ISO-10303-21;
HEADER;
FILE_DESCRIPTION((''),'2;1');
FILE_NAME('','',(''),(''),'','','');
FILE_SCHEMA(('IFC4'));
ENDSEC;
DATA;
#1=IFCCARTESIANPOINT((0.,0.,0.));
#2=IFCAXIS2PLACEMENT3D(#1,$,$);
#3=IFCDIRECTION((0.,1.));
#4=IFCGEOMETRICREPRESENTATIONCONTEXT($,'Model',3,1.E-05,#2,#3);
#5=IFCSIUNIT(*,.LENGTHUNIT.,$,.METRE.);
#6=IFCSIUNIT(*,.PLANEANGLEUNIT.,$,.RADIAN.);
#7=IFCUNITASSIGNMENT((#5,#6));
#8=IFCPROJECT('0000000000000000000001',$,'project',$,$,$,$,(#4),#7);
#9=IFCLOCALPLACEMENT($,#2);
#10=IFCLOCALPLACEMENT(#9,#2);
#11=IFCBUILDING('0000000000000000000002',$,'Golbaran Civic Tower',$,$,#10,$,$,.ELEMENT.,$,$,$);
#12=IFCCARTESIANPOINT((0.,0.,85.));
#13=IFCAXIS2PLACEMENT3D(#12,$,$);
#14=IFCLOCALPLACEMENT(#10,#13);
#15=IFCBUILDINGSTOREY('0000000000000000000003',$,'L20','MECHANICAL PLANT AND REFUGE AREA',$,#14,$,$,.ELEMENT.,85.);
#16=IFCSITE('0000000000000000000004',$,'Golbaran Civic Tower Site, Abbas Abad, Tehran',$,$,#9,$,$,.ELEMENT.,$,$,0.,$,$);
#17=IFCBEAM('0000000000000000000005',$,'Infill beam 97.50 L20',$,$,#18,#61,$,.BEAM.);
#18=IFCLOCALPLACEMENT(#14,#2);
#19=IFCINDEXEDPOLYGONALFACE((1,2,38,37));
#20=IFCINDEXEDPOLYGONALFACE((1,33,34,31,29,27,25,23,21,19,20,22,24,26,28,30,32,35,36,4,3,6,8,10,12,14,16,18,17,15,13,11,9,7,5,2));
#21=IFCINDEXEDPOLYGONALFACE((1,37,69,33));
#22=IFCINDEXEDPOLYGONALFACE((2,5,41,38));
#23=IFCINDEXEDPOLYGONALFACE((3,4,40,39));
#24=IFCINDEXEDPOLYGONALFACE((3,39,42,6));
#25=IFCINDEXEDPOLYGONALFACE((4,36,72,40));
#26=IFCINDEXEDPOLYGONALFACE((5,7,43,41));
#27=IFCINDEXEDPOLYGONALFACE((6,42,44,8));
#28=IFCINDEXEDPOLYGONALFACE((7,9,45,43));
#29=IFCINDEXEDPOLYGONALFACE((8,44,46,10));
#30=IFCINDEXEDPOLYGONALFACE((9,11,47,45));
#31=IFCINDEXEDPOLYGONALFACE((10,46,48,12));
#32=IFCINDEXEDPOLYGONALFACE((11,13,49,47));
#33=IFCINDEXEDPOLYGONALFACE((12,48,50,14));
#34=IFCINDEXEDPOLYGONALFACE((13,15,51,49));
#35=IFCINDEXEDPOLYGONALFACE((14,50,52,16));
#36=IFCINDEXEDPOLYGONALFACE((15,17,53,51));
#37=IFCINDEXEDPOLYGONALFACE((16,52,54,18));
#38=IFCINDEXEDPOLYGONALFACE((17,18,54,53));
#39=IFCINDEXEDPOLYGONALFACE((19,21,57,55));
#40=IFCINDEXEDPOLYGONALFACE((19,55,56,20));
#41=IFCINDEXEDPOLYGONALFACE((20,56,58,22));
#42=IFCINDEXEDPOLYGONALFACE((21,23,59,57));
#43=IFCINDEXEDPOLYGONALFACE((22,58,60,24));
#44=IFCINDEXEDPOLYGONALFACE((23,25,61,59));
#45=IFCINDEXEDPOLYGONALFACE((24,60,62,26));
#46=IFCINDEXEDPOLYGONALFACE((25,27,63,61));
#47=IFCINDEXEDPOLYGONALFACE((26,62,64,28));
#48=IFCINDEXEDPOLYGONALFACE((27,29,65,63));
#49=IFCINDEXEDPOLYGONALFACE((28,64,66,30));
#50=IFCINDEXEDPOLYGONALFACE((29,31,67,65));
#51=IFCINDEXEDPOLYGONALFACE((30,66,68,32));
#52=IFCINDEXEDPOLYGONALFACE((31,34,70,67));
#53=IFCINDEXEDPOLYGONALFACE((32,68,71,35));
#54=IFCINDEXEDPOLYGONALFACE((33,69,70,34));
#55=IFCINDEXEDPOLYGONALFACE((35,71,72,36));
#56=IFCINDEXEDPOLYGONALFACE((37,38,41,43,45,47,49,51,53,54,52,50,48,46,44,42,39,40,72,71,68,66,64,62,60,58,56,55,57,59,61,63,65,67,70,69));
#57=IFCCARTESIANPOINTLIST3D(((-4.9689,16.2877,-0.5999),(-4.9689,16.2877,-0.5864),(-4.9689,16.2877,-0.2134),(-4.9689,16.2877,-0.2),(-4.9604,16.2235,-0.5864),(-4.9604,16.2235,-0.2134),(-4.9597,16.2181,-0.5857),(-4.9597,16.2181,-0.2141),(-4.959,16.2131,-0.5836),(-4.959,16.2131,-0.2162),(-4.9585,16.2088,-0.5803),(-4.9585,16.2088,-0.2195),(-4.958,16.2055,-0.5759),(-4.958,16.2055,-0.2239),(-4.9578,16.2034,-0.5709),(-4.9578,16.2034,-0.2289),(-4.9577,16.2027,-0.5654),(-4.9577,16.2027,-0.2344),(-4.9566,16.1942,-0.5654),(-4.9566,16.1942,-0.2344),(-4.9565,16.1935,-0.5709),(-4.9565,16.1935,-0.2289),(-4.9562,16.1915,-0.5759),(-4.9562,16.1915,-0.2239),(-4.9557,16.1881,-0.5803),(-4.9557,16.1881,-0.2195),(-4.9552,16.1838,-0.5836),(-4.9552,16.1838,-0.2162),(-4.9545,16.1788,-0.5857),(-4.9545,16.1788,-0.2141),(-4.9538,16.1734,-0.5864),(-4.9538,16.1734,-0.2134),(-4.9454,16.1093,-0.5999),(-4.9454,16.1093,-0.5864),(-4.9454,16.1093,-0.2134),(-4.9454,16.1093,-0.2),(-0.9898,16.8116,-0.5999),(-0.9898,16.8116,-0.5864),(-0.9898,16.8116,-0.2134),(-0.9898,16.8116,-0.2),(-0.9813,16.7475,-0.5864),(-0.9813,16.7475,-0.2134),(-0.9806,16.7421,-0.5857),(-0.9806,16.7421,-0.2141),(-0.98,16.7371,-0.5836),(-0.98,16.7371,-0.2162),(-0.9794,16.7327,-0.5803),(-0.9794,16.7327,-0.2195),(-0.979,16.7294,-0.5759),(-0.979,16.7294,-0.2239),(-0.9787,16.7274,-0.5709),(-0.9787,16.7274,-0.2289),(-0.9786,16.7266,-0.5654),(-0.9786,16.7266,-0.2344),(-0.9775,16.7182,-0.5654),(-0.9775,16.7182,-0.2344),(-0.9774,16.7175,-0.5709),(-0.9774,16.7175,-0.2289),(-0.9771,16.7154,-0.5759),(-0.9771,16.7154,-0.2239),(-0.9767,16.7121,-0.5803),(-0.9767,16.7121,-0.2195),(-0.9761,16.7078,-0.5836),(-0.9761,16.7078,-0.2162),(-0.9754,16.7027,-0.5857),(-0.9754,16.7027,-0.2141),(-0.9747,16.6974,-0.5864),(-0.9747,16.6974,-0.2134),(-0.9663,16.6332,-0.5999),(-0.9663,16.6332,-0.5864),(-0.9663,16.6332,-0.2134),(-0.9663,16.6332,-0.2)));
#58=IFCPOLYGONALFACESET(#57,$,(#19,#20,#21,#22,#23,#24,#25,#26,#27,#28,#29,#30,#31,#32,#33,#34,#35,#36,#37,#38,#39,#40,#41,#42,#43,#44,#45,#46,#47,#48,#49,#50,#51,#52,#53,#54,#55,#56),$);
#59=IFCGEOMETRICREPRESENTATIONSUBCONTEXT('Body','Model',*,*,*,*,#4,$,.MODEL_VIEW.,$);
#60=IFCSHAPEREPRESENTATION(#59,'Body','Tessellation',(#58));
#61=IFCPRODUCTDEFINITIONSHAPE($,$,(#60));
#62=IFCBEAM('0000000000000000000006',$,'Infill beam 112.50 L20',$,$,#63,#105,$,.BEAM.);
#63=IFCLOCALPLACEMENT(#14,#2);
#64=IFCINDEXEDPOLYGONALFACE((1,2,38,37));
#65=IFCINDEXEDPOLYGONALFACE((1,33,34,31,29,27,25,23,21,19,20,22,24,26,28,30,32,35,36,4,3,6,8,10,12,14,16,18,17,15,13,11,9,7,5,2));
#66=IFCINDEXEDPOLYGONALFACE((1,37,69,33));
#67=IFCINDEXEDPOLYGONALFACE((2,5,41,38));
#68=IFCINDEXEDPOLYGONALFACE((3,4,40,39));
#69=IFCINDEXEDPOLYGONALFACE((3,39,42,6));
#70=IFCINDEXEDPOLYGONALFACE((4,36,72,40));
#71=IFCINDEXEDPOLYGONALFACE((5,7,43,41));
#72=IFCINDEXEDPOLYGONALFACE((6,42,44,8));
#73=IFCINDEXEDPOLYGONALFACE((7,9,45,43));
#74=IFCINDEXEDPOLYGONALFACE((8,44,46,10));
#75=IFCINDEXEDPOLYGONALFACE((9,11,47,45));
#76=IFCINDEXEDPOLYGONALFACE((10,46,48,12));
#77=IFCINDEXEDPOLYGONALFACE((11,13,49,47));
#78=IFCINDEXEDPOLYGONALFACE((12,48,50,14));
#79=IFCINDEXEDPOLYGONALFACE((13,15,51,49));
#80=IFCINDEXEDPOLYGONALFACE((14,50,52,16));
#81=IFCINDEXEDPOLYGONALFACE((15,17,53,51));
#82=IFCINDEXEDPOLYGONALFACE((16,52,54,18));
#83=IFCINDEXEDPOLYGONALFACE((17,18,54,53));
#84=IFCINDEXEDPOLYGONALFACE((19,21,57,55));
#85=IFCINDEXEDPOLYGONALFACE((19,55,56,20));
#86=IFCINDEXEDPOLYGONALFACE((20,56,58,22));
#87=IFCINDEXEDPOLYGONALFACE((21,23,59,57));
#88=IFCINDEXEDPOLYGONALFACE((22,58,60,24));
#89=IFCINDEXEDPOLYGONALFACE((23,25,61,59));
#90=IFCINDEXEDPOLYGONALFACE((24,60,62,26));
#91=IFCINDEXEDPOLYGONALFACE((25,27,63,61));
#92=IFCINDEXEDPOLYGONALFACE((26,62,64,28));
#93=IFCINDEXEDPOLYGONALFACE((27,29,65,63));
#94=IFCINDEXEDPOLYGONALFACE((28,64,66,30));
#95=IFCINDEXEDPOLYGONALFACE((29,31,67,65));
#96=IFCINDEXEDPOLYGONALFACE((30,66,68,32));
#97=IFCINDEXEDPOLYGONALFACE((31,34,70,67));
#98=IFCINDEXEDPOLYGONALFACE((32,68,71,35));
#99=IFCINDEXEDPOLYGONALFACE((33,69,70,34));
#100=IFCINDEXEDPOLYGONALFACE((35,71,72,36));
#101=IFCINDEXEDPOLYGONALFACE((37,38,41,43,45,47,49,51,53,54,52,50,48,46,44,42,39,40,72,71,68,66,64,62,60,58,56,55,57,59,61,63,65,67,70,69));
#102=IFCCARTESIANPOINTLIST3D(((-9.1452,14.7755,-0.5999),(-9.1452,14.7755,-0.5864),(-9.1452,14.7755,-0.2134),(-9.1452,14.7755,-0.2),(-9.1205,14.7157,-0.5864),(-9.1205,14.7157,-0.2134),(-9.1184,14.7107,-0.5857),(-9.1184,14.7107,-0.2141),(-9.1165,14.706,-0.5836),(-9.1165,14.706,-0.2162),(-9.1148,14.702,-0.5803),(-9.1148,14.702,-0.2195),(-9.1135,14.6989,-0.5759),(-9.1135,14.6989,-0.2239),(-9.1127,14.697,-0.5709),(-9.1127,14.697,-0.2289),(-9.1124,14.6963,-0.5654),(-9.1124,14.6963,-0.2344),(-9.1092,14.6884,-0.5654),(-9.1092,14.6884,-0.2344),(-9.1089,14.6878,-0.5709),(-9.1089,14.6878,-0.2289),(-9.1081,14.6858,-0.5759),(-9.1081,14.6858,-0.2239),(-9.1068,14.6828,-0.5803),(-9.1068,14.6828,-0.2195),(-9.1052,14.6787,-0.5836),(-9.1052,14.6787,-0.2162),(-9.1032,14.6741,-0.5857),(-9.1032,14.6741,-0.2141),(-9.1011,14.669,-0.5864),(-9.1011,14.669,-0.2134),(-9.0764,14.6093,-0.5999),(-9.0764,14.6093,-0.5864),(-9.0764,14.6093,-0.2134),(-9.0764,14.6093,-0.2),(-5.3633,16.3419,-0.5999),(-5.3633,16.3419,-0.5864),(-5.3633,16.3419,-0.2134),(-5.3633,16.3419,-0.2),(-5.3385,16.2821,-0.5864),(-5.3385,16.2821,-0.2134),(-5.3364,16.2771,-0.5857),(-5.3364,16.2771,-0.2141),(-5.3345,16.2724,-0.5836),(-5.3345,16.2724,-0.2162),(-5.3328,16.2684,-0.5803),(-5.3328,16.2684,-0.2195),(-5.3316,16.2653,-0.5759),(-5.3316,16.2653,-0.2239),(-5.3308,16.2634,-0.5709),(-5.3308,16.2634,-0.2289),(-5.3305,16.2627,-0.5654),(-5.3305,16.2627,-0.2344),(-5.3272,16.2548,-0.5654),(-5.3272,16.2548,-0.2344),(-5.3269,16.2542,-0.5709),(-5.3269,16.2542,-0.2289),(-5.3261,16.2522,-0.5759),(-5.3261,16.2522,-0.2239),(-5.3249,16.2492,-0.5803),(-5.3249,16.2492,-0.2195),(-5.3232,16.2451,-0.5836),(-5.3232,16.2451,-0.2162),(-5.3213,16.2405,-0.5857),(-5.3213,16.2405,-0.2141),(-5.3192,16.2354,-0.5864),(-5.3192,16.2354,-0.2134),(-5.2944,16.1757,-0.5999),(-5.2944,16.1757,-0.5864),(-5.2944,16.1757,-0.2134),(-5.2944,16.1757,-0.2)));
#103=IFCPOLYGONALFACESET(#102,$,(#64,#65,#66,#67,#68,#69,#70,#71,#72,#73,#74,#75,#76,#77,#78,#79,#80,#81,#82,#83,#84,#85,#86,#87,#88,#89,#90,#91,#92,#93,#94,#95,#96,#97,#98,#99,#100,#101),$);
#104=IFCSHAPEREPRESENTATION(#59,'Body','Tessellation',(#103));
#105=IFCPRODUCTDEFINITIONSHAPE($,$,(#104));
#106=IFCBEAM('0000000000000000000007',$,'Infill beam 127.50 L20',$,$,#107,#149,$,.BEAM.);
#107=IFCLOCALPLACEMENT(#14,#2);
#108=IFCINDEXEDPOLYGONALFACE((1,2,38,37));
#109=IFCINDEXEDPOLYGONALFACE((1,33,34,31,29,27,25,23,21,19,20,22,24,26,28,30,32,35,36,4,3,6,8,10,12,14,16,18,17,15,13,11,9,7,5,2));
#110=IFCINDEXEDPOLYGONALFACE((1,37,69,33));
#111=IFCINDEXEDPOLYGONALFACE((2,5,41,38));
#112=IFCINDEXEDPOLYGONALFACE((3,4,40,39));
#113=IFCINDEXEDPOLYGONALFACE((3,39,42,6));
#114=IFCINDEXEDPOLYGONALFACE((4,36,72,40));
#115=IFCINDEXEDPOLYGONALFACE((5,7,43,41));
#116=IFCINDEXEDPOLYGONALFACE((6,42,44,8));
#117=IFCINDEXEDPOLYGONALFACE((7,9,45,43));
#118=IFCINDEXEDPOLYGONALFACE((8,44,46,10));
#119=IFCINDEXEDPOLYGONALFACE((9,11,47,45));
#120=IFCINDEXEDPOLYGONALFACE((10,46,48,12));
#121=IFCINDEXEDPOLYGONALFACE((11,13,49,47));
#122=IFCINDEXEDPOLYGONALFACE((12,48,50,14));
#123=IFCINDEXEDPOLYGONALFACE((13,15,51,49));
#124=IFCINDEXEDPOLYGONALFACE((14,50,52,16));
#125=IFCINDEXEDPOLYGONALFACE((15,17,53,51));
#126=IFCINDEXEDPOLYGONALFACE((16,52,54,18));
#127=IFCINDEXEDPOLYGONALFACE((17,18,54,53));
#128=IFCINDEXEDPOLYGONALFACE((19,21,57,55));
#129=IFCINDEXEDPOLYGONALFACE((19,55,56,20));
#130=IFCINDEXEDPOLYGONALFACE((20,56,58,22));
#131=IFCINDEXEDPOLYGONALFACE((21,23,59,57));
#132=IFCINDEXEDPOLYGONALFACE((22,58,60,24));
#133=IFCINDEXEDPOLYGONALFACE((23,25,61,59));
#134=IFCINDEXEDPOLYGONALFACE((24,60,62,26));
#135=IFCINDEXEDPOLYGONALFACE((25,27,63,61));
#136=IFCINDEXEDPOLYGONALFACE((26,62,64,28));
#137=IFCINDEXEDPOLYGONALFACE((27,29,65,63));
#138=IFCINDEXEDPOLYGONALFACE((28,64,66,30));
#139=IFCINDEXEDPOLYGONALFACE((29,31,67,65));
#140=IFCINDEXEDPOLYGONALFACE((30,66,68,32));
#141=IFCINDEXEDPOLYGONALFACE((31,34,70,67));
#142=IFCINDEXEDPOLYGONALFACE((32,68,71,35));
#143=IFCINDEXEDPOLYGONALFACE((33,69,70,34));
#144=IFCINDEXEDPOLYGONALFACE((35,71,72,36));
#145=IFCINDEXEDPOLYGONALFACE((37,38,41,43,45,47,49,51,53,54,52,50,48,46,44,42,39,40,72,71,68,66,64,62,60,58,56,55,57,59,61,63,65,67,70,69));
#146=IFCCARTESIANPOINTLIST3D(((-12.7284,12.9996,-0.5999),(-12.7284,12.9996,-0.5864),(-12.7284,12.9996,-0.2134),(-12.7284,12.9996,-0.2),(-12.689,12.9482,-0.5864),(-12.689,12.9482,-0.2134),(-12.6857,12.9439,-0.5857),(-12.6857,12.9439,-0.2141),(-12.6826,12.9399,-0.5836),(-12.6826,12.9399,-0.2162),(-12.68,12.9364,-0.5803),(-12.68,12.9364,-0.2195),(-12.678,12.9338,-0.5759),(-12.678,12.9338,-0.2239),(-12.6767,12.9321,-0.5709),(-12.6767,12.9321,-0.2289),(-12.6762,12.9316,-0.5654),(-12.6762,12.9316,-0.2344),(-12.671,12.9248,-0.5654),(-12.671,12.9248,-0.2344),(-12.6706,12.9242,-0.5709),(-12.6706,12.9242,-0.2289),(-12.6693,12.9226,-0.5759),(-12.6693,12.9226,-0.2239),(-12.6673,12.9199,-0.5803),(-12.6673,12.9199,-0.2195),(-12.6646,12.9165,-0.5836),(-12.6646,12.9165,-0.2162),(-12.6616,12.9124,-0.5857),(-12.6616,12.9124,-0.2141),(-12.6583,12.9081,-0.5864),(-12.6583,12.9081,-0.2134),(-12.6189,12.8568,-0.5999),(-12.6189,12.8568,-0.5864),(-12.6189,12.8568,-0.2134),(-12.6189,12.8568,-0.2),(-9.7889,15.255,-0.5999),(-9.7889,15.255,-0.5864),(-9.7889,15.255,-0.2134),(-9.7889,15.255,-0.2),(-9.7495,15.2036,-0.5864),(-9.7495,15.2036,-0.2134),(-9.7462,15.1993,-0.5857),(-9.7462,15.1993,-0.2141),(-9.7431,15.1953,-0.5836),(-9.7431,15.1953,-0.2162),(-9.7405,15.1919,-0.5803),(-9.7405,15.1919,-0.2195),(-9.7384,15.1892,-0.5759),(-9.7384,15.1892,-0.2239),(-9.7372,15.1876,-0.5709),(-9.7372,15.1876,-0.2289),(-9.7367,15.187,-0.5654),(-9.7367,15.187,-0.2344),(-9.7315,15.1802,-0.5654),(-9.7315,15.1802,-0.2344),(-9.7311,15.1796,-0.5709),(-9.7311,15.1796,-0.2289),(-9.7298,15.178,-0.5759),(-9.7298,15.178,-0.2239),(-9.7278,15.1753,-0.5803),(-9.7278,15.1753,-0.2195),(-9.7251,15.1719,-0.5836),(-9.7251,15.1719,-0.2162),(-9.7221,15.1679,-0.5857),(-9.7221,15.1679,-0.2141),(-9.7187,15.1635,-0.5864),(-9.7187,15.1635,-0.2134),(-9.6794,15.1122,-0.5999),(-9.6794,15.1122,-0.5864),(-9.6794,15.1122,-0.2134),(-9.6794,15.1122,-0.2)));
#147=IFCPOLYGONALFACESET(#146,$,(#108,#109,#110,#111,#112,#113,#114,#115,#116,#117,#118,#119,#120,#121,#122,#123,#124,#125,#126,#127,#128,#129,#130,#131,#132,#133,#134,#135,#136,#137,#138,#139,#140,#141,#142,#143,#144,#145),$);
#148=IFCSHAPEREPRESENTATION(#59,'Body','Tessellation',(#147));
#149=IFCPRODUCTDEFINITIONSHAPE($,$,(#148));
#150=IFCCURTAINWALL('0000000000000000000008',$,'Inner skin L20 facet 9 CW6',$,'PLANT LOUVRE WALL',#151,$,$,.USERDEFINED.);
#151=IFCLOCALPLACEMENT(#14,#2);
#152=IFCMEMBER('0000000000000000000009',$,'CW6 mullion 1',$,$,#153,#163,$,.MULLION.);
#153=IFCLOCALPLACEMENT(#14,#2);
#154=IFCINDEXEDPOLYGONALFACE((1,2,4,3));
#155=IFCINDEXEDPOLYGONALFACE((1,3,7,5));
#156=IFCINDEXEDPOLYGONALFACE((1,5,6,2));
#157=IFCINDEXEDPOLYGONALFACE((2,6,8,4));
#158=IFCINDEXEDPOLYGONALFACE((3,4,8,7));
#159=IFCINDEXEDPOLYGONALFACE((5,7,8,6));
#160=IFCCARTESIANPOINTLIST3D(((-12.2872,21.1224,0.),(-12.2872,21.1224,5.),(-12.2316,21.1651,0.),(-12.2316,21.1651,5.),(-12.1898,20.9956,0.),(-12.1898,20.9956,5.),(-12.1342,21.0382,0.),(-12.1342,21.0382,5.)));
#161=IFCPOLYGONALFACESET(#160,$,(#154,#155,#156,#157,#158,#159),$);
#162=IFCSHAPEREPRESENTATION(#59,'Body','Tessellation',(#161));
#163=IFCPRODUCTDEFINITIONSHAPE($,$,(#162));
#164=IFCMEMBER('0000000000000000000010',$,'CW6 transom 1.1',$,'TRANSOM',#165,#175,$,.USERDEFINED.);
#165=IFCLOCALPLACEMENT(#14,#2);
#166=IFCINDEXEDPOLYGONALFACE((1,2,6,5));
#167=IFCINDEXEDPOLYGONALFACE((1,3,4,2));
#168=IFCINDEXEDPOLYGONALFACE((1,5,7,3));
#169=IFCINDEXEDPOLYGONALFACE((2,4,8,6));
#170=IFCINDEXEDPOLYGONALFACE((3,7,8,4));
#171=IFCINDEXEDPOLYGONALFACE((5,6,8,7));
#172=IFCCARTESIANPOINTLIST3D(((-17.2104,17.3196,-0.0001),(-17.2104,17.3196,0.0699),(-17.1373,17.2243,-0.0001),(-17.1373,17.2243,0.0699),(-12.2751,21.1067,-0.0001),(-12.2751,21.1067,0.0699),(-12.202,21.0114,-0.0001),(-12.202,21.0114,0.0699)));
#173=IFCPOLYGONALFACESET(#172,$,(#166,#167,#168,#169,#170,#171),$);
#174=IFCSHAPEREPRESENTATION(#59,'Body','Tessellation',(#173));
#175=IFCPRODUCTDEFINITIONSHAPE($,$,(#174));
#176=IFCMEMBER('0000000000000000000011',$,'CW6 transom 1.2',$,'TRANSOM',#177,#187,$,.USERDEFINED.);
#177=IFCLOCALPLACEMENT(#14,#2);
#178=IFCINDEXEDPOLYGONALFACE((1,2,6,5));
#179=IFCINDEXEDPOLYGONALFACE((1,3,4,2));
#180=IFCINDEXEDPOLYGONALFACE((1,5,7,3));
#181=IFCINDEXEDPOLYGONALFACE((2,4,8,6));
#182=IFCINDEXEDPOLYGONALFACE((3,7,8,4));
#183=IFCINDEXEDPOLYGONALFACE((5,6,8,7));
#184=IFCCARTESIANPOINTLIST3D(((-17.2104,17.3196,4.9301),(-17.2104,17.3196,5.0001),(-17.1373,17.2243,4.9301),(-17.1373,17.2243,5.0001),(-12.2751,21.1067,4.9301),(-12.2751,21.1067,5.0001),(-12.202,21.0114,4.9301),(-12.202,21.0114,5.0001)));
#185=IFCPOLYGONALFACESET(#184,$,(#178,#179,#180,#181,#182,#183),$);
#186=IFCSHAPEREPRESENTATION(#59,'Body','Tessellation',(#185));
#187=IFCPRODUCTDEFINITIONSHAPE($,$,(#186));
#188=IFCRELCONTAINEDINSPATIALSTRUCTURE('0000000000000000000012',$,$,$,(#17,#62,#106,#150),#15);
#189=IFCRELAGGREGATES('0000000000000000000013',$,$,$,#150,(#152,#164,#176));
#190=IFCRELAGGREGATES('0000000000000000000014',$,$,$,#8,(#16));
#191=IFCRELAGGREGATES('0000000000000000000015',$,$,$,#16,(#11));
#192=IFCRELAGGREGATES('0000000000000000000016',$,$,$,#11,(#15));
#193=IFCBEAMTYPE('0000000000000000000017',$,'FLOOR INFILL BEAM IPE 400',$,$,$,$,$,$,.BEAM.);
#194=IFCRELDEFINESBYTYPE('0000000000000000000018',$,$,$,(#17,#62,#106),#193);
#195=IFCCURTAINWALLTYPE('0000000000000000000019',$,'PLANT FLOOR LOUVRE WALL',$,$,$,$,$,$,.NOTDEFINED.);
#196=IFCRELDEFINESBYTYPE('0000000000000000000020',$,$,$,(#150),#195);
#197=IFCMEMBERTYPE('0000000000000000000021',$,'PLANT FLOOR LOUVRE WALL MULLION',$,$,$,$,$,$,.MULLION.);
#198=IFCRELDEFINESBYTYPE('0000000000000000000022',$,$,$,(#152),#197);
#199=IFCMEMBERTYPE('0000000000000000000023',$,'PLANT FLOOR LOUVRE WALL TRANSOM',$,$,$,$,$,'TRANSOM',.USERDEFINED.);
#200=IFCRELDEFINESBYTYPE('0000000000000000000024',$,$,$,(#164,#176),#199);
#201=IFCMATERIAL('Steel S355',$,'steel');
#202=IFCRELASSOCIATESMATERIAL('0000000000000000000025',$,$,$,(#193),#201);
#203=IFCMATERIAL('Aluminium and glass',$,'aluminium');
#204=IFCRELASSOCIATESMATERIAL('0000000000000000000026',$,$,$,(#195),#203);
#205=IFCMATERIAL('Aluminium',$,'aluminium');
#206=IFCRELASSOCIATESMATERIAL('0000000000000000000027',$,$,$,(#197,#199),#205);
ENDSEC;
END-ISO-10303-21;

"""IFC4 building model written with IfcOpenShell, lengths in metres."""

from ifc_helpers import new_model, si_unit, direction, frame, origin, origin_2d, place, context, subcontext, project, spatial, rectangle, i_section, extrude, material, material_profile, profile_set, type_object, element, aggregate, save


model = new_model("IFC4")

# Units and contexts
model_context = context("Model", 3, precision=1e-05, world=origin(), true_north=direction((0.0, 1.0)))
body_context = subcontext(model_context, "Body", "Model", "MODEL_VIEW")
ifc_project = project(units=[si_unit("LENGTHUNIT", "METRE"), si_unit("PLANEANGLEUNIT", "RADIAN")], contexts=[model_context])

# Site, building, storey
site_placement = place(None, origin())
site = spatial("IfcSite", under=ifc_project, at=site_placement, Name="Golbaran Civic Tower Site, Abbas Abad, Tehran", CompositionType="ELEMENT", RefElevation=0.0)
building_placement = place(site_placement, origin())
building = spatial("IfcBuilding", under=site, at=building_placement, Name="Golbaran Civic Tower", CompositionType="ELEMENT")
storey_placement = place(building_placement, frame((0.0, 0.0, 85.0)))
storey = spatial("IfcBuildingStorey", under=building, at=storey_placement, Name="L20", Description="MECHANICAL PLANT AND REFUGE AREA", CompositionType="ELEMENT", Elevation=85.0)

# Shared definitions
ifc_material_1 = material(Name="Steel S355", Category="steel")

# Beams
ifc_material_profile_1 = material_profile(ifc_material_1, i_section(OverallWidth=0.1799, OverallDepth=0.3999, WebThickness=0.0085, FlangeThickness=0.0134, FilletRadius=0.021, at=origin_2d()), Name="IPE 400")
ifc_profile_set_1 = profile_set([ifc_material_profile_1], Name="Steel S355")
beam_type_1 = type_object("IfcBeamType", Name="FLOOR INFILL BEAM IPE 400", PredefinedType="BEAM", material=ifc_profile_set_1)
beam_1_placement = place(storey_placement, frame((-0.978, 16.7224, -0.3999), z_axis=(-0.991442, -0.130546, 0.0), x_axis=(0.130546, -0.991442, 0.0)))
element("IfcBeam", 1, at=beam_1_placement, inside=storey, type_object=beam_type_1, Name="Infill beam 97.50 L20", PredefinedType="BEAM", context=body_context, shape_type="SweptSolid", body=[
    extrude(i_section(OverallWidth=0.1799, OverallDepth=0.3999, WebThickness=0.0085, FlangeThickness=0.0134, FilletRadius=0.021, at=origin_2d()), origin(), (0.0, 0.0, 1.0), 4.0134),
])
beam_2_placement = place(storey_placement, frame((-5.3289, 16.2588, -0.3999), z_axis=(-0.923892, -0.382654, 0.0), x_axis=(0.382654, -0.923892, 0.0)))
element("IfcBeam", 2, at=beam_2_placement, inside=storey, type_object=beam_type_1, Name="Infill beam 112.50 L20", PredefinedType="BEAM", context=body_context, shape_type="SweptSolid", body=[
    extrude(i_section(OverallWidth=0.1799, OverallDepth=0.3999, WebThickness=0.0085, FlangeThickness=0.0134, FilletRadius=0.021, at=origin_2d()), origin(), (0.0, 0.0, 1.0), 4.0935),
])
beam_3_placement = place(storey_placement, frame((-9.7341, 15.1836, -0.3999), z_axis=(-0.793373, -0.608736, 0.0), x_axis=(0.608736, -0.793373, 0.0)))
element("IfcBeam", 3, at=beam_3_placement, inside=storey, type_object=beam_type_1, Name="Infill beam 127.50 L20", PredefinedType="BEAM", context=body_context, shape_type="SweptSolid", body=[
    extrude(i_section(OverallWidth=0.1799, OverallDepth=0.3999, WebThickness=0.0085, FlangeThickness=0.0134, FilletRadius=0.021, at=origin_2d()), origin(), (0.0, 0.0, 1.0), 3.7051),
])

# Curtain wall, members
ifc_material_2 = material(Name="Aluminium and glass", Category="aluminium")
curtain_wall_type = type_object("IfcCurtainWallType", Name="PLANT FLOOR LOUVRE WALL", PredefinedType="NOTDEFINED", material=ifc_material_2)
curtain_wall_placement = place(storey_placement, origin())
curtain_wall = element("IfcCurtainWall", 4, at=curtain_wall_placement, inside=storey, type_object=curtain_wall_type, Name="Inner skin L20 facet 9 CW6", ObjectType="PLANT LOUVRE WALL", PredefinedType="USERDEFINED")
ifc_material_3 = material(Name="Aluminium", Category="aluminium")
ifc_material_profile_2 = material_profile(ifc_material_3, rectangle(XDim=0.1599, YDim=0.0701, at=origin_2d()), Name="PLANT FLOOR LOUVRE WALL MULLION")
ifc_profile_set_2 = profile_set([ifc_material_profile_2], Name="Aluminium")
member_type_1 = type_object("IfcMemberType", Name="PLANT FLOOR LOUVRE WALL MULLION", PredefinedType="MULLION", material=ifc_profile_set_2)
member_1_placement = place(storey_placement, frame((-12.2107, 21.0803, 0.0), z_axis=(0.0, 0.0, 1.0), x_axis=(0.608761, -0.793353, 0.0)))
member_1 = element("IfcMember", 5, at=member_1_placement, type_object=member_type_1, Name="CW6 mullion 1", PredefinedType="MULLION", context=body_context, shape_type="SweptSolid", body=[
    extrude(rectangle(XDim=0.1599, YDim=0.0701, at=origin_2d()), origin(), (0.0, 0.0, 1.0), 5.0),
])
ifc_material_profile_3 = material_profile(ifc_material_3, rectangle(XDim=0.1201, YDim=0.0701, at=origin_2d()), Name="PLANT FLOOR LOUVRE WALL TRANSOM")
ifc_profile_set_3 = profile_set([ifc_material_profile_3], Name="Aluminium")
member_type_2 = type_object("IfcMemberType", Name="PLANT FLOOR LOUVRE WALL TRANSOM", ElementType="TRANSOM", PredefinedType="USERDEFINED", material=ifc_profile_set_3)
member_2_placement = place(storey_placement, frame((-12.2385, 21.0591, 0.0349), z_axis=(-0.793344, -0.608773, 0.0), x_axis=(0.608773, -0.793344, 0.0)))
member_2 = element("IfcMember", 6, at=member_2_placement, type_object=member_type_2, Name="CW6 transom 1.1", ObjectType="TRANSOM", PredefinedType="USERDEFINED", context=body_context, shape_type="SweptSolid", body=[
    extrude(rectangle(XDim=0.1201, YDim=0.0701, at=origin_2d()), origin(), (0.0, 0.0, 1.0), 6.2209),
])
member_3_placement = place(storey_placement, frame((-12.2385, 21.0591, 4.9651), z_axis=(-0.793344, -0.608773, 0.0), x_axis=(0.608773, -0.793344, 0.0)))
member_3 = element("IfcMember", 7, at=member_3_placement, type_object=member_type_2, Name="CW6 transom 1.2", ObjectType="TRANSOM", PredefinedType="USERDEFINED", context=body_context, shape_type="SweptSolid", body=[
    extrude(rectangle(XDim=0.1201, YDim=0.0701, at=origin_2d()), origin(), (0.0, 0.0, 1.0), 6.2209),
])
aggregate(curtain_wall, [member_1, member_2, member_3])

save(model, "model.ifc")
